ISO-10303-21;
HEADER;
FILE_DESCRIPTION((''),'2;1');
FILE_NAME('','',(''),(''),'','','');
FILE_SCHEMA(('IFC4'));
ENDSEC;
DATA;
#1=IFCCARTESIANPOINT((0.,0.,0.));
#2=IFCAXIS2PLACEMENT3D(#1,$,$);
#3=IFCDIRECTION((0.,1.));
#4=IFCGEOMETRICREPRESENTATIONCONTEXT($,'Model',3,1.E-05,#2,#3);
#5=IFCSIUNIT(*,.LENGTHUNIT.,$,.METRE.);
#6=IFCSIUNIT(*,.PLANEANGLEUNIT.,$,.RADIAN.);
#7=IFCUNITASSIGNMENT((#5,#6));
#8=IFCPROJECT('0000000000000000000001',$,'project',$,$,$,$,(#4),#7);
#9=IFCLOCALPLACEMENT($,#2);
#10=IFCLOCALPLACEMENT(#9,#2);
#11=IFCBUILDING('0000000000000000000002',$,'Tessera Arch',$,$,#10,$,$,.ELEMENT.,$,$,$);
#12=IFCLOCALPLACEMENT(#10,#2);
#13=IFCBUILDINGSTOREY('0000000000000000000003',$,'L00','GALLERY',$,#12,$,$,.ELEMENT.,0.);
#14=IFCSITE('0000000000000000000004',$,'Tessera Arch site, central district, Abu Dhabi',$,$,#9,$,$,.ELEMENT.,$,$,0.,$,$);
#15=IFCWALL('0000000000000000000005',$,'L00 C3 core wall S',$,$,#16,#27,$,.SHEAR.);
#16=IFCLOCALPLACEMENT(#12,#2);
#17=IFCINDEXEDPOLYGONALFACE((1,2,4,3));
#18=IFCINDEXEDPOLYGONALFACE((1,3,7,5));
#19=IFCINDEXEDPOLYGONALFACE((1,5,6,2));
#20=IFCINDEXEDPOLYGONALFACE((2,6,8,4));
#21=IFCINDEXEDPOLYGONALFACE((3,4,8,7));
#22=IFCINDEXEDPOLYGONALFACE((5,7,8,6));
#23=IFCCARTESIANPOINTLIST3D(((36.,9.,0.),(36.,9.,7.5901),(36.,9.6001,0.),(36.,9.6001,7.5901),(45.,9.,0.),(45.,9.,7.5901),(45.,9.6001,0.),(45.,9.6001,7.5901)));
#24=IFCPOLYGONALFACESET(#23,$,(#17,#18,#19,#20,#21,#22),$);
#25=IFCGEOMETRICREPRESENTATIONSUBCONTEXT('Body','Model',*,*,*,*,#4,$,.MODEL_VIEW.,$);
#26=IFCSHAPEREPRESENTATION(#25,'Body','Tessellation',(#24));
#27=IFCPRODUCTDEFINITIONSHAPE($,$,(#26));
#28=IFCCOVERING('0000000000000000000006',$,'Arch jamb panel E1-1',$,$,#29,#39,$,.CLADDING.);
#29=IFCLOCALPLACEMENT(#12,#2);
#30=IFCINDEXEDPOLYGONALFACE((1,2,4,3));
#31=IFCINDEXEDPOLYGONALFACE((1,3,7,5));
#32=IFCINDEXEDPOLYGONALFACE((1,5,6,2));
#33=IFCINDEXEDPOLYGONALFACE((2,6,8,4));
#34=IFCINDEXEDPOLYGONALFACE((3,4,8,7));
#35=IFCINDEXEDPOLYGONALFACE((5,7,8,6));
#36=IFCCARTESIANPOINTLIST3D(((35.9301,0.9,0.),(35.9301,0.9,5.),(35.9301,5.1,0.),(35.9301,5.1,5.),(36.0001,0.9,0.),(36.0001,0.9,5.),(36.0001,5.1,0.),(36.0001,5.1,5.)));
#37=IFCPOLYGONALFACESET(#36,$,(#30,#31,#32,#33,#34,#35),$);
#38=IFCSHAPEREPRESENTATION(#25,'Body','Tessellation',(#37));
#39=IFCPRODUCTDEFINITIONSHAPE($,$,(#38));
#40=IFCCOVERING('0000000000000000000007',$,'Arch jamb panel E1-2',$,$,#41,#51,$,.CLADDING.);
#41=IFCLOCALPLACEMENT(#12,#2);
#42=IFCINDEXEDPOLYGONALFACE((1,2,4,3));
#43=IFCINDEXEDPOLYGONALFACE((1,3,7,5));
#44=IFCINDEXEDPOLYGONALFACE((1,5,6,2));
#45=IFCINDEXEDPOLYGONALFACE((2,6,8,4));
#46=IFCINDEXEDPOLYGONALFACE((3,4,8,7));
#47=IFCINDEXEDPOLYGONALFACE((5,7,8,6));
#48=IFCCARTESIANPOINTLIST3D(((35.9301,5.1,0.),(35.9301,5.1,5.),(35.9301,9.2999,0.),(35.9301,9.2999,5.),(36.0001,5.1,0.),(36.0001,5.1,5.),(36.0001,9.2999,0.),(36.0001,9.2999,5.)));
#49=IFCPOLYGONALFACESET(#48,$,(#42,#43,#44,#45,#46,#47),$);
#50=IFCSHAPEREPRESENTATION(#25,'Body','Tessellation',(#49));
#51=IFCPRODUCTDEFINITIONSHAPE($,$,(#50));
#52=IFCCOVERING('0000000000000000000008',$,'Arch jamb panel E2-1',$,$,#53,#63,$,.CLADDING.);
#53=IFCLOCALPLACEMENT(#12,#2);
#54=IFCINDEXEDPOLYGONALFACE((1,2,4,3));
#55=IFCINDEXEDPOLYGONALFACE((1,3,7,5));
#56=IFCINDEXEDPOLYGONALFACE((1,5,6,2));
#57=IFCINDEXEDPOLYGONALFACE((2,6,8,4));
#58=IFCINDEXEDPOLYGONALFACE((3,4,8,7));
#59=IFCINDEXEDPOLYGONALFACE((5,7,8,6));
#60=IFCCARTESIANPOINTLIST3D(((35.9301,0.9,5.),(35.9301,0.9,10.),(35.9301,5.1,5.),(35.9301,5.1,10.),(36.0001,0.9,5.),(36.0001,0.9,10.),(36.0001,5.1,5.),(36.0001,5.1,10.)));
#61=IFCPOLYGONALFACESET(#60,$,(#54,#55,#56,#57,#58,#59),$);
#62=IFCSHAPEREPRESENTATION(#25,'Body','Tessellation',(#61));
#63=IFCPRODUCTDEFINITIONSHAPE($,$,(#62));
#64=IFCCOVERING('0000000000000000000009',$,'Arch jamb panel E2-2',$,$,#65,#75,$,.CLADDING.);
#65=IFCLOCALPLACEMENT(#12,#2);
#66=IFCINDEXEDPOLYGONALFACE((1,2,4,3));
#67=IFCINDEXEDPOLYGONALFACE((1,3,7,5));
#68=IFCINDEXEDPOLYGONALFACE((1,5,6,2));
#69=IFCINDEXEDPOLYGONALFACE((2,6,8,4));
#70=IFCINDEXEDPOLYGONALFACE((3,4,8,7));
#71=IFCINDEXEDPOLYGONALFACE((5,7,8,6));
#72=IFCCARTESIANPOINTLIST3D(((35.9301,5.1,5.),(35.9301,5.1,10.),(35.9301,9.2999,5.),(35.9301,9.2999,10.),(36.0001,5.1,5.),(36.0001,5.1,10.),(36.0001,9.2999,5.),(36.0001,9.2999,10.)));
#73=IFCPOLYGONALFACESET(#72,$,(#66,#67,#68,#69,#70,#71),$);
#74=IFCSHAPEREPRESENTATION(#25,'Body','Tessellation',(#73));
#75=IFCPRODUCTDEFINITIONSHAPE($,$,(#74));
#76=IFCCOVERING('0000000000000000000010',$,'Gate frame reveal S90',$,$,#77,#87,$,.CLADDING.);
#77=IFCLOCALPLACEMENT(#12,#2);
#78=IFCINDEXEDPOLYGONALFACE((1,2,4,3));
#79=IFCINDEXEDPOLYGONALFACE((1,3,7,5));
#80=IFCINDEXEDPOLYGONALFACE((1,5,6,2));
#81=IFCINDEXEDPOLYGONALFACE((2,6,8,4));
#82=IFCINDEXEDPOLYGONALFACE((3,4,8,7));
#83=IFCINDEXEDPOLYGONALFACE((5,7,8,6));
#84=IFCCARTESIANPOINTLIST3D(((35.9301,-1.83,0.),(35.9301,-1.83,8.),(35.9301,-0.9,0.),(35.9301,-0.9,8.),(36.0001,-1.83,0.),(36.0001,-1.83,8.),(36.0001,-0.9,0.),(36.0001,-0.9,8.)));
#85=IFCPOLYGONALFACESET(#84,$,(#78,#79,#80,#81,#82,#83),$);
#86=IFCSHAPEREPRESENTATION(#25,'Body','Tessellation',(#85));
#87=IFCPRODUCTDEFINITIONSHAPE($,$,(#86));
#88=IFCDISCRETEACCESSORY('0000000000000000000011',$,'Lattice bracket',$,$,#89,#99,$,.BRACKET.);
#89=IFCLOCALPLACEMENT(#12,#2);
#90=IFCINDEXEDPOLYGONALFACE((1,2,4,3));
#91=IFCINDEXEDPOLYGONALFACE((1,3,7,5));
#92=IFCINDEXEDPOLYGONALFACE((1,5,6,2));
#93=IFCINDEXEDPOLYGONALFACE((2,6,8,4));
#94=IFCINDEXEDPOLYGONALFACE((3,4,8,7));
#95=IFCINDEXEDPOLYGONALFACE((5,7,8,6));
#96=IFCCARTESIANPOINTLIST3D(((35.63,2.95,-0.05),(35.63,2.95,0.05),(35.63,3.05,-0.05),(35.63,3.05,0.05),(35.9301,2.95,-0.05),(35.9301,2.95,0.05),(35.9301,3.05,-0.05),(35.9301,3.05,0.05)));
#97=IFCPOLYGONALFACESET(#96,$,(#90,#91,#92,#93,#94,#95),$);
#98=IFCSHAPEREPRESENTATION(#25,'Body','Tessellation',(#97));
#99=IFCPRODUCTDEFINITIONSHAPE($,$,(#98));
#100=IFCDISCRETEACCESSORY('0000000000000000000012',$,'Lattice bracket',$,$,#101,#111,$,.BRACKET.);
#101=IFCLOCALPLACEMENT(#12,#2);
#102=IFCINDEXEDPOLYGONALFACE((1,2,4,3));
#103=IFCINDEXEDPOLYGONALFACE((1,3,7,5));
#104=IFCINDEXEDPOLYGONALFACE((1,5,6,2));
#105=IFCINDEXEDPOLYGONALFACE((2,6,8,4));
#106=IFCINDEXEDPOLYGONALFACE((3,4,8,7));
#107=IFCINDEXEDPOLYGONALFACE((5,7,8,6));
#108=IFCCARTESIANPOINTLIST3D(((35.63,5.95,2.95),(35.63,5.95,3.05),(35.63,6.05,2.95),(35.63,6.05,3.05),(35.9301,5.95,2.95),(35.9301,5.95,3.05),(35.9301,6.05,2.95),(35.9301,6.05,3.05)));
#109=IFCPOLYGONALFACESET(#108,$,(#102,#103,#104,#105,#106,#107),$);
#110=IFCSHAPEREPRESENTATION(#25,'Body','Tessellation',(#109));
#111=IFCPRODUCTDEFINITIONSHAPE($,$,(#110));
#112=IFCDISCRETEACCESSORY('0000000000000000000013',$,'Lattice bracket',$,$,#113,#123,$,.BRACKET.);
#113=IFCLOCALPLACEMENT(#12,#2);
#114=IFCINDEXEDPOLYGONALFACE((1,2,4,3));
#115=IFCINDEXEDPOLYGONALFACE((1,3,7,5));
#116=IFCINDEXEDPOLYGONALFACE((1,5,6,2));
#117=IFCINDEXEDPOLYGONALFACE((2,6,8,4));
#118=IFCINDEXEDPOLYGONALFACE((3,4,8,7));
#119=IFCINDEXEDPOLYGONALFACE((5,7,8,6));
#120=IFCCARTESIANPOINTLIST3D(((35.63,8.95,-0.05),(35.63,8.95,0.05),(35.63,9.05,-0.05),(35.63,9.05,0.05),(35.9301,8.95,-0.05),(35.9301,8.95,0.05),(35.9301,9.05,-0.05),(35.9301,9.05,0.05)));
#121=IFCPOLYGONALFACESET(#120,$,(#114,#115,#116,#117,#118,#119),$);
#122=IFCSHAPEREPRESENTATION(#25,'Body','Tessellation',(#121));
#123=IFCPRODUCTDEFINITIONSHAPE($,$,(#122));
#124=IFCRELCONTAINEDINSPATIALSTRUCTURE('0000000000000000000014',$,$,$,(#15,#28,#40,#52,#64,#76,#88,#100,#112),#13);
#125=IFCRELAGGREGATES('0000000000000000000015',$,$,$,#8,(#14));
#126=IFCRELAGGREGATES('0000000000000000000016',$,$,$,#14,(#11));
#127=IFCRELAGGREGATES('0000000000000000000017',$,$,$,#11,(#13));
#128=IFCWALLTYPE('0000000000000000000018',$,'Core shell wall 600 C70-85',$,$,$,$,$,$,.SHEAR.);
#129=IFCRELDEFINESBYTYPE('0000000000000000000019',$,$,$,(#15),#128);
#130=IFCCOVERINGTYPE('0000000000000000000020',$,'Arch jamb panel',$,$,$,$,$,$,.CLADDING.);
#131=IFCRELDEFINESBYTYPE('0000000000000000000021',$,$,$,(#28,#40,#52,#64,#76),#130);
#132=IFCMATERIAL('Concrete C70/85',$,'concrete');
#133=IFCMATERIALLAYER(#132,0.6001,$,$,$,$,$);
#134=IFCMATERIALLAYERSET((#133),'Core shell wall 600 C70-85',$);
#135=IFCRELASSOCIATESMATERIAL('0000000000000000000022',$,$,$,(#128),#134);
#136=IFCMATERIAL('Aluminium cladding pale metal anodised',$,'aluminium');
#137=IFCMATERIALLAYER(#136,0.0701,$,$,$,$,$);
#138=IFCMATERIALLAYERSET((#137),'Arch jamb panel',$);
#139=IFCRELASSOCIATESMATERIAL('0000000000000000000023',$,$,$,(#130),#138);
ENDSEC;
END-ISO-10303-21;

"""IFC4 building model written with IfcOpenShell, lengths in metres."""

from ifc_helpers import new_model, si_unit, direction, frame, frame_2d, origin, origin_2d, place, context, subcontext, project, spatial, rectangle, extrude, material, layer, layer_set, type_object, element, save


model = new_model("IFC4")

# Units and contexts
model_context = context("Model", 3, precision=1e-05, world=origin(), true_north=direction((0.0, 1.0)))
body_context = subcontext(model_context, "Body", "Model", "MODEL_VIEW")
ifc_project = project(units=[si_unit("LENGTHUNIT", "METRE"), si_unit("PLANEANGLEUNIT", "RADIAN")], contexts=[model_context])

# Site, building, storey
site_placement = place(None, origin())
site = spatial("IfcSite", under=ifc_project, at=site_placement, Name="Tessera Arch site, central district, Abu Dhabi", CompositionType="ELEMENT", RefElevation=0.0)
building_placement = place(site_placement, origin())
building = spatial("IfcBuilding", under=site, at=building_placement, Name="Tessera Arch", CompositionType="ELEMENT")
storey_placement = place(building_placement, origin())
storey = spatial("IfcBuildingStorey", under=building, at=storey_placement, Name="L00", Description="GALLERY", CompositionType="ELEMENT", Elevation=0.0)

# Wall
ifc_material_1 = material(Name="Concrete C70/85", Category="concrete")
ifc_layer_1 = layer(ifc_material_1, 0.6001)
ifc_layer_set_1 = layer_set([ifc_layer_1], Name="Core shell wall 600 C70-85")
wall_type = type_object("IfcWallType", Name="Core shell wall 600 C70-85", PredefinedType="SHEAR", material=ifc_layer_set_1)
wall_placement = place(storey_placement, frame((36.0, 9.3, 0.0), z_axis=(0.0, 0.0, 1.0), x_axis=(1.0, 0.0, 0.0)))
element("IfcWall", 1, at=wall_placement, inside=storey, type_object=wall_type, Name="L00 C3 core wall S", PredefinedType="SHEAR", context=body_context, shape_type="SweptSolid", body=[
    extrude(rectangle(XDim=9.0, YDim=0.6001, at=frame_2d((4.5, 0.0))), origin(), (0.0, 0.0, 1.0), 7.5901),
])

# Coverings
ifc_material_2 = material(Name="Aluminium cladding pale metal anodised", Category="aluminium")
ifc_layer_2 = layer(ifc_material_2, 0.0701)
ifc_layer_set_2 = layer_set([ifc_layer_2], Name="Arch jamb panel")
covering_type = type_object("IfcCoveringType", Name="Arch jamb panel", PredefinedType="CLADDING", material=ifc_layer_set_2)
for number, where, z_axis, x_axis, name in (
    (2, (35.9651, 3.0, 0.0), (0.0, 0.0, 1.0), (1.0, 0.0, 0.0), "Arch jamb panel E1-1"),
    (3, (35.9651, 7.2, 0.0), (0.0, 0.0, 1.0), (1.0, 0.0, 0.0), "Arch jamb panel E1-2"),
    (4, (35.9651, 3.0, 5.0), (0.0, 0.0, 1.0), (1.0, 0.0, 0.0), "Arch jamb panel E2-1"),
    (5, (35.9651, 7.2, 5.0), (0.0, 0.0, 1.0), (1.0, 0.0, 0.0), "Arch jamb panel E2-2"),
):
    element("IfcCovering", number, at=place(storey_placement, frame(where, z_axis=z_axis, x_axis=x_axis)), inside=storey, type_object=covering_type, Name=name, PredefinedType="CLADDING", context=body_context, shape_type="SweptSolid", body=[
        extrude(rectangle(XDim=0.0701, YDim=4.2, at=origin_2d()), origin(), (0.0, 0.0, 1.0), 5.0),
    ])
covering_placement = place(storey_placement, frame((35.9651, -1.365, 0.0), z_axis=(0.0, 0.0, 1.0), x_axis=(1.0, 0.0, 0.0)))
element("IfcCovering", 6, at=covering_placement, inside=storey, type_object=covering_type, Name="Gate frame reveal S90", PredefinedType="CLADDING", context=body_context, shape_type="SweptSolid", body=[
    extrude(rectangle(XDim=0.0701, YDim=0.9299, at=origin_2d()), origin(), (0.0, 0.0, 1.0), 8.0),
])

# Discrete accessories
for number, where, z_axis, x_axis, name in (
    (7, (35.78, 3.0, -0.05), (0.0, 0.0, 1.0), (-1.0, 0.0, 0.0), "Lattice bracket"),
    (8, (35.78, 6.0, 2.95), (0.0, 0.0, 1.0), (-1.0, 0.0, 0.0), "Lattice bracket"),
    (9, (35.78, 9.0, -0.05), (0.0, 0.0, 1.0), (-1.0, 0.0, 0.0), "Lattice bracket"),
):
    element("IfcDiscreteAccessory", number, at=place(storey_placement, frame(where, z_axis=z_axis, x_axis=x_axis)), inside=storey, Name=name, PredefinedType="BRACKET", context=body_context, shape_type="SweptSolid", body=[
        extrude(rectangle(XDim=0.3, YDim=0.1001, at=origin_2d()), origin(), (0.0, 0.0, 1.0), 0.1001),
    ])

save(model, "model.ifc")
